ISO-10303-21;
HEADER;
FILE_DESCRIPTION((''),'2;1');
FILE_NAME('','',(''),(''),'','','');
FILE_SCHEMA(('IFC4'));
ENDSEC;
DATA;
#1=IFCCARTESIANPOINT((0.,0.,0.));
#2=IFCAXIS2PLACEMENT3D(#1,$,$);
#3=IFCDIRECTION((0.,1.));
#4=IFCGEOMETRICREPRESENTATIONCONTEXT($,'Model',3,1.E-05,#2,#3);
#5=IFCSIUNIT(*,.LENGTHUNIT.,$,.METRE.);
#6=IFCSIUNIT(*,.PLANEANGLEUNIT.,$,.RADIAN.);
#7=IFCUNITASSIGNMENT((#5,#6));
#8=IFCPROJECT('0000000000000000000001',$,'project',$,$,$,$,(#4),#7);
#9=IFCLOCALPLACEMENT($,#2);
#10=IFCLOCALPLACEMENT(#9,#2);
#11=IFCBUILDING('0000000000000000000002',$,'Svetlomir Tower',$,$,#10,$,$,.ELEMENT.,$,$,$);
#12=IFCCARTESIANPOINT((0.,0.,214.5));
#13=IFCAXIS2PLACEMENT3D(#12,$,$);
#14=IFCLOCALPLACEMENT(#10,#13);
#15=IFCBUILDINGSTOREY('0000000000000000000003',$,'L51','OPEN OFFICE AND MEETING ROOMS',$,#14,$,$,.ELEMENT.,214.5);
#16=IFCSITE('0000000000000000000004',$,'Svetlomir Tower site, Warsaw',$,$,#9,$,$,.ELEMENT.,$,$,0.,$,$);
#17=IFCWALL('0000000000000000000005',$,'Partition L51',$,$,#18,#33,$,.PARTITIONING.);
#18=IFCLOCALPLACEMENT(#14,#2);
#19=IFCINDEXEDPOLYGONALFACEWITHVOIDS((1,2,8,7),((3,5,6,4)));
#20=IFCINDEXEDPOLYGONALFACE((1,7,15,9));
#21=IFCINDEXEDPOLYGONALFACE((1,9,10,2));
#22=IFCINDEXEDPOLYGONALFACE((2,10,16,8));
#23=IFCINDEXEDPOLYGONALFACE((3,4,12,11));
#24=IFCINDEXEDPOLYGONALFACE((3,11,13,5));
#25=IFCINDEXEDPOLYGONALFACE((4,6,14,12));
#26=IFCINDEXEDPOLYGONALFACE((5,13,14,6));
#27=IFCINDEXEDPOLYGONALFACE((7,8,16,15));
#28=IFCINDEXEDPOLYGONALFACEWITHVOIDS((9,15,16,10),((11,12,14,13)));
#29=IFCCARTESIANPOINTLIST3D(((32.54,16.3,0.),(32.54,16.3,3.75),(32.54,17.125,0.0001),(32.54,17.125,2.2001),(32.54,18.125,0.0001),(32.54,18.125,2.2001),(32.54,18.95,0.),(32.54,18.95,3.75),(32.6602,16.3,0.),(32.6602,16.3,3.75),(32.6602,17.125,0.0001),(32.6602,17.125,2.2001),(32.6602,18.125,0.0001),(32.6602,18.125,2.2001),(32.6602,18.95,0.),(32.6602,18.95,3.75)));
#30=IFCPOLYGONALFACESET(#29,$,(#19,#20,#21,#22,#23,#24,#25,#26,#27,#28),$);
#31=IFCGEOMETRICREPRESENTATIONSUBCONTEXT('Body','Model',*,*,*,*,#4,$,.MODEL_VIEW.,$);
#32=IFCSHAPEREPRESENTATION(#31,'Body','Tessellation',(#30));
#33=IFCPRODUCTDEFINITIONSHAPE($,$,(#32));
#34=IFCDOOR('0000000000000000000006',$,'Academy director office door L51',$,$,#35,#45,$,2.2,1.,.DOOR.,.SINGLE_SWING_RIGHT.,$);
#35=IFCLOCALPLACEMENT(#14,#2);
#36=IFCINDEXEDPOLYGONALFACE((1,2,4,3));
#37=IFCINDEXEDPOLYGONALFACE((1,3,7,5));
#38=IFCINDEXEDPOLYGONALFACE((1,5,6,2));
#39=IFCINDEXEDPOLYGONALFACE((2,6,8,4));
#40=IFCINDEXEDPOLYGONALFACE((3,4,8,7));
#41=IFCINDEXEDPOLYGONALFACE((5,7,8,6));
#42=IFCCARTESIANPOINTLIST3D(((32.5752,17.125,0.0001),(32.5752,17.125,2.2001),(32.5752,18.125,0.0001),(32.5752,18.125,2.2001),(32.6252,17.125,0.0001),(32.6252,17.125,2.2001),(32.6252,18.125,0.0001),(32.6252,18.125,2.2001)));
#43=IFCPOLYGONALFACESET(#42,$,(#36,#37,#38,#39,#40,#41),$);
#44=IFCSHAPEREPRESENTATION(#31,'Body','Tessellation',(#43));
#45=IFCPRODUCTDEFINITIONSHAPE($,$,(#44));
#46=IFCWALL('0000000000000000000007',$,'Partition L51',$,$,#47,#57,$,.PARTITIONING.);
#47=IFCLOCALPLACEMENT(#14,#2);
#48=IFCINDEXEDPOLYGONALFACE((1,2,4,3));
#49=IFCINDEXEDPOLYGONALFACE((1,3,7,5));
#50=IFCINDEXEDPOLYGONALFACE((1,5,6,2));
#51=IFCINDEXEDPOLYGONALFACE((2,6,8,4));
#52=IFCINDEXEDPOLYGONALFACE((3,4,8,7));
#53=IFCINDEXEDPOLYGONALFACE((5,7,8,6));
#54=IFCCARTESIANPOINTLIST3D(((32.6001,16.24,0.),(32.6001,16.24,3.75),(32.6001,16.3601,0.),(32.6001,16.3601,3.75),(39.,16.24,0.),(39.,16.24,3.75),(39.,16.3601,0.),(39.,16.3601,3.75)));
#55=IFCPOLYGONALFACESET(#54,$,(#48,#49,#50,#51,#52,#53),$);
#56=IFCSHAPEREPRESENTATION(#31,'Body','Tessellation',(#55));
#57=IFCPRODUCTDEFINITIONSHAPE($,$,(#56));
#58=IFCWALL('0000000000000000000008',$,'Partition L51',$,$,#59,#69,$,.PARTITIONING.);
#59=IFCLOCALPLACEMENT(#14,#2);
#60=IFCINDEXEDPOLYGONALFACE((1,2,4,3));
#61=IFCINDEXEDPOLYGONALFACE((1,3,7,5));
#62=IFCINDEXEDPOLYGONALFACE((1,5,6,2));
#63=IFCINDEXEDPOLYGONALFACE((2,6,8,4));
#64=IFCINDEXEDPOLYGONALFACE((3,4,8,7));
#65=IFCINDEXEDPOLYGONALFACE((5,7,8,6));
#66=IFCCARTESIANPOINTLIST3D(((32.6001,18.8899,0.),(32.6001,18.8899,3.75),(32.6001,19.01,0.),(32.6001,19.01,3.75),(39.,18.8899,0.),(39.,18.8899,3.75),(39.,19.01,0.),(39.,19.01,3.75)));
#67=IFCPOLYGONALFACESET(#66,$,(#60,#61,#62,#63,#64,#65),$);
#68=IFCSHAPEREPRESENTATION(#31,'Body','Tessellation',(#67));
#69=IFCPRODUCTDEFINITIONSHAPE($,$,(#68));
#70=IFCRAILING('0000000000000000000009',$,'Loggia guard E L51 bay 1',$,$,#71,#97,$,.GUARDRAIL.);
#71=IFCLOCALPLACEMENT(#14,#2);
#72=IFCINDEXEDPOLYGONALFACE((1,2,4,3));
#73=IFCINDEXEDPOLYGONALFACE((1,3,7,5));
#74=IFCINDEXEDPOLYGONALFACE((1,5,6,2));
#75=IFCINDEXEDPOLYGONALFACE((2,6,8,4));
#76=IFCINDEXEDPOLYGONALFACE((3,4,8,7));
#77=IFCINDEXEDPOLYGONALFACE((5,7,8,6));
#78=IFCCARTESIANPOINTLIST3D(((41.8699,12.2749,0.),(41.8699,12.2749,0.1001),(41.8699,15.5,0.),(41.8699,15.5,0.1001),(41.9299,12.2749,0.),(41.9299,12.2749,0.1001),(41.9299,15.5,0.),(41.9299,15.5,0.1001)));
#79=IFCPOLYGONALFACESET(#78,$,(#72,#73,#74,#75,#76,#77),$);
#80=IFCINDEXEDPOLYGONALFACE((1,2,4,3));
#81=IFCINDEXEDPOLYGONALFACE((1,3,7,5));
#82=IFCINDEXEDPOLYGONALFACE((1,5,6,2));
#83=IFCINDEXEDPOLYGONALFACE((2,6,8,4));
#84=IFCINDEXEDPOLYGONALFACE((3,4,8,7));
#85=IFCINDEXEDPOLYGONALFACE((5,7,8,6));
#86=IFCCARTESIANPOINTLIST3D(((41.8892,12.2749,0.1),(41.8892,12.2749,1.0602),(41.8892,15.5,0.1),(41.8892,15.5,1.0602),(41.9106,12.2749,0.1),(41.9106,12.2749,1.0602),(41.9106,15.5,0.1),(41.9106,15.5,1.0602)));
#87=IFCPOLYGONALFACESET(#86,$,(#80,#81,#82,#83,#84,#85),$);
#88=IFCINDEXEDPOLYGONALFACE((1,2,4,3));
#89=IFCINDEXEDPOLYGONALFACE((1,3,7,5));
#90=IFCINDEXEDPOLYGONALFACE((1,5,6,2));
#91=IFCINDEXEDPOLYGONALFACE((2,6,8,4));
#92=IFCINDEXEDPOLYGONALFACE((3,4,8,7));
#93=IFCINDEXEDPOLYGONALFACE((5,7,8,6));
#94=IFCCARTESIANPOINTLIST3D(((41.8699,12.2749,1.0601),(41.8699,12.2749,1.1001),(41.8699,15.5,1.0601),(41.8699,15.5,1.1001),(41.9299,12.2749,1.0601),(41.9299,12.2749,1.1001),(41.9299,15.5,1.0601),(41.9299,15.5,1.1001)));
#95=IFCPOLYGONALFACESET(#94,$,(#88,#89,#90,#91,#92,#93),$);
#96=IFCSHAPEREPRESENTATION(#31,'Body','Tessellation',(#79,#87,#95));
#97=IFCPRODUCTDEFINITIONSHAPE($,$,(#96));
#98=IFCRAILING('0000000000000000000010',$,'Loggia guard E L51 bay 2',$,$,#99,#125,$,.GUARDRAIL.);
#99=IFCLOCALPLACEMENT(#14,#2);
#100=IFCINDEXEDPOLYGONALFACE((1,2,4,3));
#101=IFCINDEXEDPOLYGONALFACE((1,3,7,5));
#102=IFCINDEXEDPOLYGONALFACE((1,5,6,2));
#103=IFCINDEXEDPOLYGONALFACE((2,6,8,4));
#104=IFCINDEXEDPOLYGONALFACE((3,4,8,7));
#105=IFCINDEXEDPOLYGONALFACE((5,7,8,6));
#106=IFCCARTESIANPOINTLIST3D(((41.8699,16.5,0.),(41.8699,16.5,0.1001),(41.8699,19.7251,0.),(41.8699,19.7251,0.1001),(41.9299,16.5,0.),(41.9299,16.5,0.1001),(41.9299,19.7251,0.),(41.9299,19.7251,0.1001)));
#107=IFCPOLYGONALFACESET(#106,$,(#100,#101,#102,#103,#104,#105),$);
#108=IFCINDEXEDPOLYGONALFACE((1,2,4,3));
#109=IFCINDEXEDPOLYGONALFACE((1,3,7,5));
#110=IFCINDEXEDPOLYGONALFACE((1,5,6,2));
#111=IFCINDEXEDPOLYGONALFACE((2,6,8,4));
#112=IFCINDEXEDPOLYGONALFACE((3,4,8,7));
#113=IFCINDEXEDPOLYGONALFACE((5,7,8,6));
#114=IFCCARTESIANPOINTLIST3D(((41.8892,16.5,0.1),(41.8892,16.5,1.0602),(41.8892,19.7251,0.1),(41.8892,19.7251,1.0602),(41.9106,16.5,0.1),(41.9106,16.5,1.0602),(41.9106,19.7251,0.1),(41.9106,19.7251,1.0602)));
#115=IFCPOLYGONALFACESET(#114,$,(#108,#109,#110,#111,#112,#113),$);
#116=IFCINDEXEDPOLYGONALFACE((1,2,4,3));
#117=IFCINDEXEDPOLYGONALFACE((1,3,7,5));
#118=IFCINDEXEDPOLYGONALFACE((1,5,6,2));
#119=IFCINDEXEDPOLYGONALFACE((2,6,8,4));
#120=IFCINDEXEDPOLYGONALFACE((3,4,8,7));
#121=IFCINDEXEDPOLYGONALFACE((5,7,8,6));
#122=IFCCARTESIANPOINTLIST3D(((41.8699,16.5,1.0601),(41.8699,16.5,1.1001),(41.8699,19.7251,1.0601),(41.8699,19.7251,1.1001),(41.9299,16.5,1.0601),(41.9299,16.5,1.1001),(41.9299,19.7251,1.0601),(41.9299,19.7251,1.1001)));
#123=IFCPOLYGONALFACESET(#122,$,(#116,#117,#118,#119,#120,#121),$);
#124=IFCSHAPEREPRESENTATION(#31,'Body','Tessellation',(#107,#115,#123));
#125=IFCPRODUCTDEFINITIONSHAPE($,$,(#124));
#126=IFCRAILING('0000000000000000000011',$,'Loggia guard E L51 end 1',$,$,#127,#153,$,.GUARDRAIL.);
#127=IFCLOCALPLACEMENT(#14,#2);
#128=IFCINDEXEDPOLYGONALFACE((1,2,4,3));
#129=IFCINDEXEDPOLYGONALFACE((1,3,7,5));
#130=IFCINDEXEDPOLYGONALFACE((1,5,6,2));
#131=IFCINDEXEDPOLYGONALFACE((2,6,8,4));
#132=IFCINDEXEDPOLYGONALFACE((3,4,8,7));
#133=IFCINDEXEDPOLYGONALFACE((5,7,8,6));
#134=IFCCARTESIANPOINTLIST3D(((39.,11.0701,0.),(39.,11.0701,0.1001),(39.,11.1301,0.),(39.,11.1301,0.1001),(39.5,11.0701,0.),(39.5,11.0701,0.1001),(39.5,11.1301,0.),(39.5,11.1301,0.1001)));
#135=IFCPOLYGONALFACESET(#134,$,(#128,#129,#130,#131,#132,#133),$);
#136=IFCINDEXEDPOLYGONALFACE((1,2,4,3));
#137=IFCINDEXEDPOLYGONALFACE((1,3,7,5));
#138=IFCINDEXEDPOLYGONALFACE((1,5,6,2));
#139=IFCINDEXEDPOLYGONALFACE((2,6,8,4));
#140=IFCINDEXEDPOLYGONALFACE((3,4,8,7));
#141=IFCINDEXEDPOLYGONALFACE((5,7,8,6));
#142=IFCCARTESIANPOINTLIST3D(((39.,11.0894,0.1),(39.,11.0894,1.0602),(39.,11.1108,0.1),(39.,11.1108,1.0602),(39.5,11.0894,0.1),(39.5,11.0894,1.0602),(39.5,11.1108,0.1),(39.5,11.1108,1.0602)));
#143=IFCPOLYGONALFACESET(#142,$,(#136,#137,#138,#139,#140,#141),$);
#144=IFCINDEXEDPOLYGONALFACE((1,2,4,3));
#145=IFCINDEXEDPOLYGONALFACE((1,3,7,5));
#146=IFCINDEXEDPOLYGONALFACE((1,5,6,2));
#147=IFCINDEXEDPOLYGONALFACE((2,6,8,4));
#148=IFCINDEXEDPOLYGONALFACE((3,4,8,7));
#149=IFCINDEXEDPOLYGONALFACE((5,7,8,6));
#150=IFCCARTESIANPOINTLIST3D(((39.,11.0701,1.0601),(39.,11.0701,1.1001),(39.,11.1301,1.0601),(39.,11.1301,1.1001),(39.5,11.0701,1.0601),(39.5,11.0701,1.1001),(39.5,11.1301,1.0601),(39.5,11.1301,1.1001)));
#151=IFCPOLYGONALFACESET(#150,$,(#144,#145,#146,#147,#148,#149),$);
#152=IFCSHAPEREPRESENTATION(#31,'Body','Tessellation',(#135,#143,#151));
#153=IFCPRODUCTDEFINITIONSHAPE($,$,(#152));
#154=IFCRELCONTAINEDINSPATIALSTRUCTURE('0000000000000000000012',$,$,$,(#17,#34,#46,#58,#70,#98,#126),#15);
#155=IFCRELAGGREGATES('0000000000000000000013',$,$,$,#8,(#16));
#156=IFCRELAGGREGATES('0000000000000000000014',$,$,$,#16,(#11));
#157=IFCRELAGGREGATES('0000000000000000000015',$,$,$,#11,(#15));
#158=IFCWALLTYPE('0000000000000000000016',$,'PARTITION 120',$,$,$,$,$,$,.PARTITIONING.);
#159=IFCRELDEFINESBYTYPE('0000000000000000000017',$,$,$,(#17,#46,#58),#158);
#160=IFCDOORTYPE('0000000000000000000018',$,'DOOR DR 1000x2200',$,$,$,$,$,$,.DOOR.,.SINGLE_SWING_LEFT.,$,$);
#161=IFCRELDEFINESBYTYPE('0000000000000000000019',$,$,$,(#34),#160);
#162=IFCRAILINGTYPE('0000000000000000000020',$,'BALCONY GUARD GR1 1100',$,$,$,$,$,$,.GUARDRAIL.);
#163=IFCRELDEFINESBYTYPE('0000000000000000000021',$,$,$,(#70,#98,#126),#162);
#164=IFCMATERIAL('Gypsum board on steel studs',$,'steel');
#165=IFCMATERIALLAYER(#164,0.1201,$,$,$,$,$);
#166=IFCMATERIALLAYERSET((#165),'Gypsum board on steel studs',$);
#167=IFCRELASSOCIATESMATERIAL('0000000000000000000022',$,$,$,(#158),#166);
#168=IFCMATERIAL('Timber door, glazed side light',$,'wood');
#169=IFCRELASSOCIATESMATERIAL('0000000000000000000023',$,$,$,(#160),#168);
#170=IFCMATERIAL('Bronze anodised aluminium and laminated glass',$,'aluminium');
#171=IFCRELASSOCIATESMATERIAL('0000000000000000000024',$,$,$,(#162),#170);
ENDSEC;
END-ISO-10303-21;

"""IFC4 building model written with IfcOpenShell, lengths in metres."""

from ifc_helpers import new_model, si_unit, direction, frame, frame_2d, origin, origin_2d, place, context, subcontext, project, spatial, rectangle, extrude, material, layer, layer_set, type_object, element, fill, save


model = new_model("IFC4")

# Units and contexts
model_context = context("Model", 3, precision=1e-05, world=origin(), true_north=direction((0.0, 1.0)))
body_context = subcontext(model_context, "Body", "Model", "MODEL_VIEW")
ifc_project = project(units=[si_unit("LENGTHUNIT", "METRE"), si_unit("PLANEANGLEUNIT", "RADIAN")], contexts=[model_context])

# Site, building, storey
site_placement = place(None, origin())
site = spatial("IfcSite", under=ifc_project, at=site_placement, Name="Svetlomir Tower site, Warsaw", CompositionType="ELEMENT", RefElevation=0.0)
building_placement = place(site_placement, origin())
building = spatial("IfcBuilding", under=site, at=building_placement, Name="Svetlomir Tower", CompositionType="ELEMENT")
storey_placement = place(building_placement, frame((0.0, 0.0, 214.5)))
storey = spatial("IfcBuildingStorey", under=building, at=storey_placement, Name="L51", Description="OPEN OFFICE AND MEETING ROOMS", CompositionType="ELEMENT", Elevation=214.5)

# Wall, opening, door
ifc_material_1 = material(Name="Gypsum board on steel studs", Category="steel")
ifc_layer_1 = layer(ifc_material_1, 0.1201)
ifc_layer_set_1 = layer_set([ifc_layer_1], Name="Gypsum board on steel studs")
wall_type_1 = type_object("IfcWallType", Name="PARTITION 120", PredefinedType="PARTITIONING", material=ifc_layer_set_1)
wall_1_placement = place(storey_placement, frame((32.6001, 16.3, 0.0), z_axis=(0.0, 0.0, 1.0), x_axis=(0.0, 1.0, 0.0)))
wall_1 = element("IfcWall", 1, at=wall_1_placement, inside=storey, type_object=wall_type_1, Name="Partition L51", PredefinedType="PARTITIONING", context=body_context, shape_type="SweptSolid", body=[
    extrude(rectangle(XDim=2.6499, YDim=0.1201, at=frame_2d((1.325, 0.0))), origin(), (0.0, 0.0, 1.0), 3.75),
])
opening_1_placement = place(wall_1_placement, frame((0.825, 0.0, 0.0)))
opening_1 = element("IfcOpeningElement", 2, at=opening_1_placement, cuts=wall_1, PredefinedType="OPENING", context=body_context, shape_type="SweptSolid", body=[
    extrude(rectangle(XDim=1.0, YDim=2.2, at=frame_2d((0.5, 1.1001))), frame((0.0, 0.0701, 0.0), z_axis=(0.0, -1.0, 0.0), x_axis=(1.0, 0.0, 0.0)), (0.0, 0.0, 1.0), 0.1401),
])
ifc_material_2 = material(Name="Timber door, glazed side light", Category="wood")
door_type_1 = type_object("IfcDoorType", Name="DOOR DR 1000x2200", OperationType="SINGLE_SWING_LEFT", PredefinedType="DOOR", material=ifc_material_2)
door_1_placement = place(opening_1_placement, origin())
door_1 = element("IfcDoor", 3, at=door_1_placement, inside=storey, type_object=door_type_1, Name="Academy director office door L51", OperationType="SINGLE_SWING_RIGHT", OverallHeight=2.2, OverallWidth=1.0, PredefinedType="DOOR", context=body_context, shape_type="SweptSolid", body=[
    extrude(rectangle(XDim=1.0, YDim=2.2, at=frame_2d((0.5, 1.1001))), frame((0.0, 0.0249, 0.0), z_axis=(0.0, -1.0, 0.0), x_axis=(1.0, 0.0, 0.0)), (0.0, 0.0, 1.0), 0.05),
])
fill(opening_1, door_1)

# Walls
for number, where, z_axis, x_axis, name in (
    (4, (32.6001, 16.3, 0.0), (0.0, 0.0, 1.0), (1.0, 0.0, 0.0), "Partition L51"),
    (5, (32.6001, 18.95, 0.0), (0.0, 0.0, 1.0), (1.0, 0.0, 0.0), "Partition L51"),
):
    element("IfcWall", number, at=place(storey_placement, frame(where, z_axis=z_axis, x_axis=x_axis)), inside=storey, type_object=wall_type_1, Name=name, PredefinedType="PARTITIONING", context=body_context, shape_type="SweptSolid", body=[
        extrude(rectangle(XDim=6.3999, YDim=0.1201, at=frame_2d((3.2, 0.0))), origin(), (0.0, 0.0, 1.0), 3.75),
    ])

# Railings
ifc_material_3 = material(Name="Bronze anodised aluminium and laminated glass", Category="aluminium")
railing_type = type_object("IfcRailingType", Name="BALCONY GUARD GR1 1100", PredefinedType="GUARDRAIL", material=ifc_material_3)
for number, where, name in (
    (6, (41.8999, 12.2749, 0.0), "Loggia guard E L51 bay 1"),
    (7, (41.8999, 16.5, 0.0), "Loggia guard E L51 bay 2"),
):
    element("IfcRailing", number, at=place(storey_placement, frame(where)), inside=storey, type_object=railing_type, Name=name, PredefinedType="GUARDRAIL", context=body_context, shape_type="SweptSolid", body=[
        extrude(rectangle(XDim=0.0601, YDim=0.1001, at=origin_2d()), frame((0.0, 0.0, 0.05), z_axis=(0.0, 1.0, 0.0), x_axis=(-1.0, 0.0, 0.0)), (0.0, 0.0, 1.0), 3.2251),
        extrude(rectangle(XDim=0.0215, YDim=0.9602, at=origin_2d()), frame((0.0, 0.0, 0.5801), z_axis=(0.0, 1.0, 0.0), x_axis=(-1.0, 0.0, 0.0)), (0.0, 0.0, 1.0), 3.2251),
        extrude(rectangle(XDim=0.0601, YDim=0.04, at=origin_2d()), frame((0.0, 0.0, 1.0801), z_axis=(0.0, 1.0, 0.0), x_axis=(-1.0, 0.0, 0.0)), (0.0, 0.0, 1.0), 3.2251),
    ])
railing_placement = place(storey_placement, frame((39.5, 11.1001, 0.0)))
element("IfcRailing", 8, at=railing_placement, inside=storey, type_object=railing_type, Name="Loggia guard E L51 end 1", PredefinedType="GUARDRAIL", context=body_context, shape_type="SweptSolid", body=[
    extrude(rectangle(XDim=0.0601, YDim=0.1001, at=origin_2d()), frame((0.0, 0.0, 0.05), z_axis=(-1.0, 0.0, 0.0), x_axis=(0.0, -1.0, 0.0)), (0.0, 0.0, 1.0), 0.5),
    extrude(rectangle(XDim=0.0215, YDim=0.9602, at=origin_2d()), frame((0.0, 0.0, 0.5801), z_axis=(-1.0, 0.0, 0.0), x_axis=(0.0, -1.0, 0.0)), (0.0, 0.0, 1.0), 0.5),
    extrude(rectangle(XDim=0.0601, YDim=0.04, at=origin_2d()), frame((0.0, 0.0, 1.0801), z_axis=(-1.0, 0.0, 0.0), x_axis=(0.0, -1.0, 0.0)), (0.0, 0.0, 1.0), 0.5),
])

save(model, "model.ifc")
